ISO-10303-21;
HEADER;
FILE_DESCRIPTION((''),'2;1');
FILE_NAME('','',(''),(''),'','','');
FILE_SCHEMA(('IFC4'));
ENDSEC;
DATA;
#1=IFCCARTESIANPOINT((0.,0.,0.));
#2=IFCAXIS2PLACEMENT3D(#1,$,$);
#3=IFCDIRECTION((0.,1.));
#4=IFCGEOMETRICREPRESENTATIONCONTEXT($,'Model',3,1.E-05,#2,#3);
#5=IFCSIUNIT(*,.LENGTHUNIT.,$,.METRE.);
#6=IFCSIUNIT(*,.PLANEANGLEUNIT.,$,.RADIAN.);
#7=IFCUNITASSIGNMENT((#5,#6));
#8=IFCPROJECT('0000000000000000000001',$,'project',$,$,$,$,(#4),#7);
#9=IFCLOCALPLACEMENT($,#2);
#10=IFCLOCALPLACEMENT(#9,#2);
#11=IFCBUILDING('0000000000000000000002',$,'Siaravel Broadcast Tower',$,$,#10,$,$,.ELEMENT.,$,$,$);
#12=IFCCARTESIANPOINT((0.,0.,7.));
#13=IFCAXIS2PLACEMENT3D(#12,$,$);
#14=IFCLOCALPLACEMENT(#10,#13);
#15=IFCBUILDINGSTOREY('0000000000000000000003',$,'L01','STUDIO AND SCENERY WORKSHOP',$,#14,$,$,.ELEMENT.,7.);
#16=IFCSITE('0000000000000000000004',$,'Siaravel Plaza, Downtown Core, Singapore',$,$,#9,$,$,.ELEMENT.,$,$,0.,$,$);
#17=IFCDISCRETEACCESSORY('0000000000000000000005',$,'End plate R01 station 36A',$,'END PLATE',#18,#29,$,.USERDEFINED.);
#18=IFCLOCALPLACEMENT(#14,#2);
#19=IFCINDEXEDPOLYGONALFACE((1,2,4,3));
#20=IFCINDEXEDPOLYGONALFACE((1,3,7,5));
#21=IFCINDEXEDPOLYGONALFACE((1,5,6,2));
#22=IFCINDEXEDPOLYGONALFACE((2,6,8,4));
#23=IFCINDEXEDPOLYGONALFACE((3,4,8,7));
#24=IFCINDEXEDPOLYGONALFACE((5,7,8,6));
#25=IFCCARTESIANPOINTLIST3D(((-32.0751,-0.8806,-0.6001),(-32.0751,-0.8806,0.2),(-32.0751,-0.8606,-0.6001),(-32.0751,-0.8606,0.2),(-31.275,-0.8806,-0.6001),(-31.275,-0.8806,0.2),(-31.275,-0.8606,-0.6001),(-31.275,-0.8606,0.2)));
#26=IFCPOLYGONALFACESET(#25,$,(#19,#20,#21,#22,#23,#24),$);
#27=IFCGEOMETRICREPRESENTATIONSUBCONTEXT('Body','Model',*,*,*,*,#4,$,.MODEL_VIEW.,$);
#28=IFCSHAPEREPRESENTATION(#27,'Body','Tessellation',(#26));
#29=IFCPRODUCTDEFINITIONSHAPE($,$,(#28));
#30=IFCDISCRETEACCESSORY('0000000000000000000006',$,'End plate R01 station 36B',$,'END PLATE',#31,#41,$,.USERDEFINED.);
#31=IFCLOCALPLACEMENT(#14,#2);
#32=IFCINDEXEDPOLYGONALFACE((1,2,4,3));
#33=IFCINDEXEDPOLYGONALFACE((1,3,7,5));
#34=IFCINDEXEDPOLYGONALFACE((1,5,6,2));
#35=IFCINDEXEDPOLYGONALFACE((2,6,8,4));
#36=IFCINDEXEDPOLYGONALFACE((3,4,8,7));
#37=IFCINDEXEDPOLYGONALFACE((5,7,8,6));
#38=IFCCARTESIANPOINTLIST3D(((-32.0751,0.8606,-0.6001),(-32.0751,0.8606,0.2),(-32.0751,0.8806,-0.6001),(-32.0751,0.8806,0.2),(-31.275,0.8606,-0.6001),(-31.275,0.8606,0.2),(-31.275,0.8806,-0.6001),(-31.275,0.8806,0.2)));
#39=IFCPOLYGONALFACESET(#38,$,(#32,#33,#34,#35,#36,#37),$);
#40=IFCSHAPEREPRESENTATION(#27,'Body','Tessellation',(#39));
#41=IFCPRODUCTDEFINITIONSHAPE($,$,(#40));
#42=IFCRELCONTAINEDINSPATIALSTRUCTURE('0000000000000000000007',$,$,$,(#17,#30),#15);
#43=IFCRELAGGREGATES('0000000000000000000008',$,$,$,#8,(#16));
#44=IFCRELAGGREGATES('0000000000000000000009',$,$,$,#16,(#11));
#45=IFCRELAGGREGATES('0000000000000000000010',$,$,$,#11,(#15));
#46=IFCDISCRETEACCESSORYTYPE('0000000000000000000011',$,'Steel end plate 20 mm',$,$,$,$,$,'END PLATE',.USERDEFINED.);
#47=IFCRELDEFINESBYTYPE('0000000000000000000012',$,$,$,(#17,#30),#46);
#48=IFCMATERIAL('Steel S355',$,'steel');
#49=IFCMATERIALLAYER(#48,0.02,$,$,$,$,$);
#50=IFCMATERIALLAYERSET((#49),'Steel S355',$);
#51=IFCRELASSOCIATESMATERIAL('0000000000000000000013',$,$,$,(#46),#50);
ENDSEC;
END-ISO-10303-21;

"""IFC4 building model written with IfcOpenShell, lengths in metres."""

from ifc_helpers import new_model, si_unit, direction, frame, origin, origin_2d, place, context, subcontext, project, spatial, rectangle, extrude, material, layer, layer_set, type_object, element, save


model = new_model("IFC4")

# Units and contexts
model_context = context("Model", 3, precision=1e-05, world=origin(), true_north=direction((0.0, 1.0)))
body_context = subcontext(model_context, "Body", "Model", "MODEL_VIEW")
ifc_project = project(units=[si_unit("LENGTHUNIT", "METRE"), si_unit("PLANEANGLEUNIT", "RADIAN")], contexts=[model_context])

# Site, building, storey
site_placement = place(None, origin())
site = spatial("IfcSite", under=ifc_project, at=site_placement, Name="Siaravel Plaza, Downtown Core, Singapore", CompositionType="ELEMENT", RefElevation=0.0)
building_placement = place(site_placement, origin())
building = spatial("IfcBuilding", under=site, at=building_placement, Name="Siaravel Broadcast Tower", CompositionType="ELEMENT")
storey_placement = place(building_placement, frame((0.0, 0.0, 7.0)))
storey = spatial("IfcBuildingStorey", under=building, at=storey_placement, Name="L01", Description="STUDIO AND SCENERY WORKSHOP", CompositionType="ELEMENT", Elevation=7.0)

# Shared definitions
ifc_material_1 = material(Name="Steel S355", Category="steel")

# Discrete accessories
ifc_layer_1 = layer(ifc_material_1, 0.02)
ifc_layer_set_1 = layer_set([ifc_layer_1], Name="Steel S355")
discrete_accessory_type = type_object("IfcDiscreteAccessoryType", Name="Steel end plate 20 mm", ElementType="END PLATE", PredefinedType="USERDEFINED", material=ifc_layer_set_1)
for number, where, z_axis, x_axis, name in (
    (1, (-31.675, -0.8706, -0.6001), (0.0, 0.0, 1.0), (0.0, -1.0, 0.0), "End plate R01 station 36A"),
    (2, (-31.675, 0.8706, -0.6001), (0.0, 0.0, 1.0), (0.0, -1.0, 0.0), "End plate R01 station 36B"),
):
    element("IfcDiscreteAccessory", number, at=place(storey_placement, frame(where, z_axis=z_axis, x_axis=x_axis)), inside=storey, type_object=discrete_accessory_type, Name=name, ObjectType="END PLATE", PredefinedType="USERDEFINED", context=body_context, shape_type="SweptSolid", body=[
        extrude(rectangle(XDim=0.02, YDim=0.8, at=origin_2d()), origin(), (0.0, 0.0, 1.0), 0.8),
    ])

save(model, "model.ifc")
